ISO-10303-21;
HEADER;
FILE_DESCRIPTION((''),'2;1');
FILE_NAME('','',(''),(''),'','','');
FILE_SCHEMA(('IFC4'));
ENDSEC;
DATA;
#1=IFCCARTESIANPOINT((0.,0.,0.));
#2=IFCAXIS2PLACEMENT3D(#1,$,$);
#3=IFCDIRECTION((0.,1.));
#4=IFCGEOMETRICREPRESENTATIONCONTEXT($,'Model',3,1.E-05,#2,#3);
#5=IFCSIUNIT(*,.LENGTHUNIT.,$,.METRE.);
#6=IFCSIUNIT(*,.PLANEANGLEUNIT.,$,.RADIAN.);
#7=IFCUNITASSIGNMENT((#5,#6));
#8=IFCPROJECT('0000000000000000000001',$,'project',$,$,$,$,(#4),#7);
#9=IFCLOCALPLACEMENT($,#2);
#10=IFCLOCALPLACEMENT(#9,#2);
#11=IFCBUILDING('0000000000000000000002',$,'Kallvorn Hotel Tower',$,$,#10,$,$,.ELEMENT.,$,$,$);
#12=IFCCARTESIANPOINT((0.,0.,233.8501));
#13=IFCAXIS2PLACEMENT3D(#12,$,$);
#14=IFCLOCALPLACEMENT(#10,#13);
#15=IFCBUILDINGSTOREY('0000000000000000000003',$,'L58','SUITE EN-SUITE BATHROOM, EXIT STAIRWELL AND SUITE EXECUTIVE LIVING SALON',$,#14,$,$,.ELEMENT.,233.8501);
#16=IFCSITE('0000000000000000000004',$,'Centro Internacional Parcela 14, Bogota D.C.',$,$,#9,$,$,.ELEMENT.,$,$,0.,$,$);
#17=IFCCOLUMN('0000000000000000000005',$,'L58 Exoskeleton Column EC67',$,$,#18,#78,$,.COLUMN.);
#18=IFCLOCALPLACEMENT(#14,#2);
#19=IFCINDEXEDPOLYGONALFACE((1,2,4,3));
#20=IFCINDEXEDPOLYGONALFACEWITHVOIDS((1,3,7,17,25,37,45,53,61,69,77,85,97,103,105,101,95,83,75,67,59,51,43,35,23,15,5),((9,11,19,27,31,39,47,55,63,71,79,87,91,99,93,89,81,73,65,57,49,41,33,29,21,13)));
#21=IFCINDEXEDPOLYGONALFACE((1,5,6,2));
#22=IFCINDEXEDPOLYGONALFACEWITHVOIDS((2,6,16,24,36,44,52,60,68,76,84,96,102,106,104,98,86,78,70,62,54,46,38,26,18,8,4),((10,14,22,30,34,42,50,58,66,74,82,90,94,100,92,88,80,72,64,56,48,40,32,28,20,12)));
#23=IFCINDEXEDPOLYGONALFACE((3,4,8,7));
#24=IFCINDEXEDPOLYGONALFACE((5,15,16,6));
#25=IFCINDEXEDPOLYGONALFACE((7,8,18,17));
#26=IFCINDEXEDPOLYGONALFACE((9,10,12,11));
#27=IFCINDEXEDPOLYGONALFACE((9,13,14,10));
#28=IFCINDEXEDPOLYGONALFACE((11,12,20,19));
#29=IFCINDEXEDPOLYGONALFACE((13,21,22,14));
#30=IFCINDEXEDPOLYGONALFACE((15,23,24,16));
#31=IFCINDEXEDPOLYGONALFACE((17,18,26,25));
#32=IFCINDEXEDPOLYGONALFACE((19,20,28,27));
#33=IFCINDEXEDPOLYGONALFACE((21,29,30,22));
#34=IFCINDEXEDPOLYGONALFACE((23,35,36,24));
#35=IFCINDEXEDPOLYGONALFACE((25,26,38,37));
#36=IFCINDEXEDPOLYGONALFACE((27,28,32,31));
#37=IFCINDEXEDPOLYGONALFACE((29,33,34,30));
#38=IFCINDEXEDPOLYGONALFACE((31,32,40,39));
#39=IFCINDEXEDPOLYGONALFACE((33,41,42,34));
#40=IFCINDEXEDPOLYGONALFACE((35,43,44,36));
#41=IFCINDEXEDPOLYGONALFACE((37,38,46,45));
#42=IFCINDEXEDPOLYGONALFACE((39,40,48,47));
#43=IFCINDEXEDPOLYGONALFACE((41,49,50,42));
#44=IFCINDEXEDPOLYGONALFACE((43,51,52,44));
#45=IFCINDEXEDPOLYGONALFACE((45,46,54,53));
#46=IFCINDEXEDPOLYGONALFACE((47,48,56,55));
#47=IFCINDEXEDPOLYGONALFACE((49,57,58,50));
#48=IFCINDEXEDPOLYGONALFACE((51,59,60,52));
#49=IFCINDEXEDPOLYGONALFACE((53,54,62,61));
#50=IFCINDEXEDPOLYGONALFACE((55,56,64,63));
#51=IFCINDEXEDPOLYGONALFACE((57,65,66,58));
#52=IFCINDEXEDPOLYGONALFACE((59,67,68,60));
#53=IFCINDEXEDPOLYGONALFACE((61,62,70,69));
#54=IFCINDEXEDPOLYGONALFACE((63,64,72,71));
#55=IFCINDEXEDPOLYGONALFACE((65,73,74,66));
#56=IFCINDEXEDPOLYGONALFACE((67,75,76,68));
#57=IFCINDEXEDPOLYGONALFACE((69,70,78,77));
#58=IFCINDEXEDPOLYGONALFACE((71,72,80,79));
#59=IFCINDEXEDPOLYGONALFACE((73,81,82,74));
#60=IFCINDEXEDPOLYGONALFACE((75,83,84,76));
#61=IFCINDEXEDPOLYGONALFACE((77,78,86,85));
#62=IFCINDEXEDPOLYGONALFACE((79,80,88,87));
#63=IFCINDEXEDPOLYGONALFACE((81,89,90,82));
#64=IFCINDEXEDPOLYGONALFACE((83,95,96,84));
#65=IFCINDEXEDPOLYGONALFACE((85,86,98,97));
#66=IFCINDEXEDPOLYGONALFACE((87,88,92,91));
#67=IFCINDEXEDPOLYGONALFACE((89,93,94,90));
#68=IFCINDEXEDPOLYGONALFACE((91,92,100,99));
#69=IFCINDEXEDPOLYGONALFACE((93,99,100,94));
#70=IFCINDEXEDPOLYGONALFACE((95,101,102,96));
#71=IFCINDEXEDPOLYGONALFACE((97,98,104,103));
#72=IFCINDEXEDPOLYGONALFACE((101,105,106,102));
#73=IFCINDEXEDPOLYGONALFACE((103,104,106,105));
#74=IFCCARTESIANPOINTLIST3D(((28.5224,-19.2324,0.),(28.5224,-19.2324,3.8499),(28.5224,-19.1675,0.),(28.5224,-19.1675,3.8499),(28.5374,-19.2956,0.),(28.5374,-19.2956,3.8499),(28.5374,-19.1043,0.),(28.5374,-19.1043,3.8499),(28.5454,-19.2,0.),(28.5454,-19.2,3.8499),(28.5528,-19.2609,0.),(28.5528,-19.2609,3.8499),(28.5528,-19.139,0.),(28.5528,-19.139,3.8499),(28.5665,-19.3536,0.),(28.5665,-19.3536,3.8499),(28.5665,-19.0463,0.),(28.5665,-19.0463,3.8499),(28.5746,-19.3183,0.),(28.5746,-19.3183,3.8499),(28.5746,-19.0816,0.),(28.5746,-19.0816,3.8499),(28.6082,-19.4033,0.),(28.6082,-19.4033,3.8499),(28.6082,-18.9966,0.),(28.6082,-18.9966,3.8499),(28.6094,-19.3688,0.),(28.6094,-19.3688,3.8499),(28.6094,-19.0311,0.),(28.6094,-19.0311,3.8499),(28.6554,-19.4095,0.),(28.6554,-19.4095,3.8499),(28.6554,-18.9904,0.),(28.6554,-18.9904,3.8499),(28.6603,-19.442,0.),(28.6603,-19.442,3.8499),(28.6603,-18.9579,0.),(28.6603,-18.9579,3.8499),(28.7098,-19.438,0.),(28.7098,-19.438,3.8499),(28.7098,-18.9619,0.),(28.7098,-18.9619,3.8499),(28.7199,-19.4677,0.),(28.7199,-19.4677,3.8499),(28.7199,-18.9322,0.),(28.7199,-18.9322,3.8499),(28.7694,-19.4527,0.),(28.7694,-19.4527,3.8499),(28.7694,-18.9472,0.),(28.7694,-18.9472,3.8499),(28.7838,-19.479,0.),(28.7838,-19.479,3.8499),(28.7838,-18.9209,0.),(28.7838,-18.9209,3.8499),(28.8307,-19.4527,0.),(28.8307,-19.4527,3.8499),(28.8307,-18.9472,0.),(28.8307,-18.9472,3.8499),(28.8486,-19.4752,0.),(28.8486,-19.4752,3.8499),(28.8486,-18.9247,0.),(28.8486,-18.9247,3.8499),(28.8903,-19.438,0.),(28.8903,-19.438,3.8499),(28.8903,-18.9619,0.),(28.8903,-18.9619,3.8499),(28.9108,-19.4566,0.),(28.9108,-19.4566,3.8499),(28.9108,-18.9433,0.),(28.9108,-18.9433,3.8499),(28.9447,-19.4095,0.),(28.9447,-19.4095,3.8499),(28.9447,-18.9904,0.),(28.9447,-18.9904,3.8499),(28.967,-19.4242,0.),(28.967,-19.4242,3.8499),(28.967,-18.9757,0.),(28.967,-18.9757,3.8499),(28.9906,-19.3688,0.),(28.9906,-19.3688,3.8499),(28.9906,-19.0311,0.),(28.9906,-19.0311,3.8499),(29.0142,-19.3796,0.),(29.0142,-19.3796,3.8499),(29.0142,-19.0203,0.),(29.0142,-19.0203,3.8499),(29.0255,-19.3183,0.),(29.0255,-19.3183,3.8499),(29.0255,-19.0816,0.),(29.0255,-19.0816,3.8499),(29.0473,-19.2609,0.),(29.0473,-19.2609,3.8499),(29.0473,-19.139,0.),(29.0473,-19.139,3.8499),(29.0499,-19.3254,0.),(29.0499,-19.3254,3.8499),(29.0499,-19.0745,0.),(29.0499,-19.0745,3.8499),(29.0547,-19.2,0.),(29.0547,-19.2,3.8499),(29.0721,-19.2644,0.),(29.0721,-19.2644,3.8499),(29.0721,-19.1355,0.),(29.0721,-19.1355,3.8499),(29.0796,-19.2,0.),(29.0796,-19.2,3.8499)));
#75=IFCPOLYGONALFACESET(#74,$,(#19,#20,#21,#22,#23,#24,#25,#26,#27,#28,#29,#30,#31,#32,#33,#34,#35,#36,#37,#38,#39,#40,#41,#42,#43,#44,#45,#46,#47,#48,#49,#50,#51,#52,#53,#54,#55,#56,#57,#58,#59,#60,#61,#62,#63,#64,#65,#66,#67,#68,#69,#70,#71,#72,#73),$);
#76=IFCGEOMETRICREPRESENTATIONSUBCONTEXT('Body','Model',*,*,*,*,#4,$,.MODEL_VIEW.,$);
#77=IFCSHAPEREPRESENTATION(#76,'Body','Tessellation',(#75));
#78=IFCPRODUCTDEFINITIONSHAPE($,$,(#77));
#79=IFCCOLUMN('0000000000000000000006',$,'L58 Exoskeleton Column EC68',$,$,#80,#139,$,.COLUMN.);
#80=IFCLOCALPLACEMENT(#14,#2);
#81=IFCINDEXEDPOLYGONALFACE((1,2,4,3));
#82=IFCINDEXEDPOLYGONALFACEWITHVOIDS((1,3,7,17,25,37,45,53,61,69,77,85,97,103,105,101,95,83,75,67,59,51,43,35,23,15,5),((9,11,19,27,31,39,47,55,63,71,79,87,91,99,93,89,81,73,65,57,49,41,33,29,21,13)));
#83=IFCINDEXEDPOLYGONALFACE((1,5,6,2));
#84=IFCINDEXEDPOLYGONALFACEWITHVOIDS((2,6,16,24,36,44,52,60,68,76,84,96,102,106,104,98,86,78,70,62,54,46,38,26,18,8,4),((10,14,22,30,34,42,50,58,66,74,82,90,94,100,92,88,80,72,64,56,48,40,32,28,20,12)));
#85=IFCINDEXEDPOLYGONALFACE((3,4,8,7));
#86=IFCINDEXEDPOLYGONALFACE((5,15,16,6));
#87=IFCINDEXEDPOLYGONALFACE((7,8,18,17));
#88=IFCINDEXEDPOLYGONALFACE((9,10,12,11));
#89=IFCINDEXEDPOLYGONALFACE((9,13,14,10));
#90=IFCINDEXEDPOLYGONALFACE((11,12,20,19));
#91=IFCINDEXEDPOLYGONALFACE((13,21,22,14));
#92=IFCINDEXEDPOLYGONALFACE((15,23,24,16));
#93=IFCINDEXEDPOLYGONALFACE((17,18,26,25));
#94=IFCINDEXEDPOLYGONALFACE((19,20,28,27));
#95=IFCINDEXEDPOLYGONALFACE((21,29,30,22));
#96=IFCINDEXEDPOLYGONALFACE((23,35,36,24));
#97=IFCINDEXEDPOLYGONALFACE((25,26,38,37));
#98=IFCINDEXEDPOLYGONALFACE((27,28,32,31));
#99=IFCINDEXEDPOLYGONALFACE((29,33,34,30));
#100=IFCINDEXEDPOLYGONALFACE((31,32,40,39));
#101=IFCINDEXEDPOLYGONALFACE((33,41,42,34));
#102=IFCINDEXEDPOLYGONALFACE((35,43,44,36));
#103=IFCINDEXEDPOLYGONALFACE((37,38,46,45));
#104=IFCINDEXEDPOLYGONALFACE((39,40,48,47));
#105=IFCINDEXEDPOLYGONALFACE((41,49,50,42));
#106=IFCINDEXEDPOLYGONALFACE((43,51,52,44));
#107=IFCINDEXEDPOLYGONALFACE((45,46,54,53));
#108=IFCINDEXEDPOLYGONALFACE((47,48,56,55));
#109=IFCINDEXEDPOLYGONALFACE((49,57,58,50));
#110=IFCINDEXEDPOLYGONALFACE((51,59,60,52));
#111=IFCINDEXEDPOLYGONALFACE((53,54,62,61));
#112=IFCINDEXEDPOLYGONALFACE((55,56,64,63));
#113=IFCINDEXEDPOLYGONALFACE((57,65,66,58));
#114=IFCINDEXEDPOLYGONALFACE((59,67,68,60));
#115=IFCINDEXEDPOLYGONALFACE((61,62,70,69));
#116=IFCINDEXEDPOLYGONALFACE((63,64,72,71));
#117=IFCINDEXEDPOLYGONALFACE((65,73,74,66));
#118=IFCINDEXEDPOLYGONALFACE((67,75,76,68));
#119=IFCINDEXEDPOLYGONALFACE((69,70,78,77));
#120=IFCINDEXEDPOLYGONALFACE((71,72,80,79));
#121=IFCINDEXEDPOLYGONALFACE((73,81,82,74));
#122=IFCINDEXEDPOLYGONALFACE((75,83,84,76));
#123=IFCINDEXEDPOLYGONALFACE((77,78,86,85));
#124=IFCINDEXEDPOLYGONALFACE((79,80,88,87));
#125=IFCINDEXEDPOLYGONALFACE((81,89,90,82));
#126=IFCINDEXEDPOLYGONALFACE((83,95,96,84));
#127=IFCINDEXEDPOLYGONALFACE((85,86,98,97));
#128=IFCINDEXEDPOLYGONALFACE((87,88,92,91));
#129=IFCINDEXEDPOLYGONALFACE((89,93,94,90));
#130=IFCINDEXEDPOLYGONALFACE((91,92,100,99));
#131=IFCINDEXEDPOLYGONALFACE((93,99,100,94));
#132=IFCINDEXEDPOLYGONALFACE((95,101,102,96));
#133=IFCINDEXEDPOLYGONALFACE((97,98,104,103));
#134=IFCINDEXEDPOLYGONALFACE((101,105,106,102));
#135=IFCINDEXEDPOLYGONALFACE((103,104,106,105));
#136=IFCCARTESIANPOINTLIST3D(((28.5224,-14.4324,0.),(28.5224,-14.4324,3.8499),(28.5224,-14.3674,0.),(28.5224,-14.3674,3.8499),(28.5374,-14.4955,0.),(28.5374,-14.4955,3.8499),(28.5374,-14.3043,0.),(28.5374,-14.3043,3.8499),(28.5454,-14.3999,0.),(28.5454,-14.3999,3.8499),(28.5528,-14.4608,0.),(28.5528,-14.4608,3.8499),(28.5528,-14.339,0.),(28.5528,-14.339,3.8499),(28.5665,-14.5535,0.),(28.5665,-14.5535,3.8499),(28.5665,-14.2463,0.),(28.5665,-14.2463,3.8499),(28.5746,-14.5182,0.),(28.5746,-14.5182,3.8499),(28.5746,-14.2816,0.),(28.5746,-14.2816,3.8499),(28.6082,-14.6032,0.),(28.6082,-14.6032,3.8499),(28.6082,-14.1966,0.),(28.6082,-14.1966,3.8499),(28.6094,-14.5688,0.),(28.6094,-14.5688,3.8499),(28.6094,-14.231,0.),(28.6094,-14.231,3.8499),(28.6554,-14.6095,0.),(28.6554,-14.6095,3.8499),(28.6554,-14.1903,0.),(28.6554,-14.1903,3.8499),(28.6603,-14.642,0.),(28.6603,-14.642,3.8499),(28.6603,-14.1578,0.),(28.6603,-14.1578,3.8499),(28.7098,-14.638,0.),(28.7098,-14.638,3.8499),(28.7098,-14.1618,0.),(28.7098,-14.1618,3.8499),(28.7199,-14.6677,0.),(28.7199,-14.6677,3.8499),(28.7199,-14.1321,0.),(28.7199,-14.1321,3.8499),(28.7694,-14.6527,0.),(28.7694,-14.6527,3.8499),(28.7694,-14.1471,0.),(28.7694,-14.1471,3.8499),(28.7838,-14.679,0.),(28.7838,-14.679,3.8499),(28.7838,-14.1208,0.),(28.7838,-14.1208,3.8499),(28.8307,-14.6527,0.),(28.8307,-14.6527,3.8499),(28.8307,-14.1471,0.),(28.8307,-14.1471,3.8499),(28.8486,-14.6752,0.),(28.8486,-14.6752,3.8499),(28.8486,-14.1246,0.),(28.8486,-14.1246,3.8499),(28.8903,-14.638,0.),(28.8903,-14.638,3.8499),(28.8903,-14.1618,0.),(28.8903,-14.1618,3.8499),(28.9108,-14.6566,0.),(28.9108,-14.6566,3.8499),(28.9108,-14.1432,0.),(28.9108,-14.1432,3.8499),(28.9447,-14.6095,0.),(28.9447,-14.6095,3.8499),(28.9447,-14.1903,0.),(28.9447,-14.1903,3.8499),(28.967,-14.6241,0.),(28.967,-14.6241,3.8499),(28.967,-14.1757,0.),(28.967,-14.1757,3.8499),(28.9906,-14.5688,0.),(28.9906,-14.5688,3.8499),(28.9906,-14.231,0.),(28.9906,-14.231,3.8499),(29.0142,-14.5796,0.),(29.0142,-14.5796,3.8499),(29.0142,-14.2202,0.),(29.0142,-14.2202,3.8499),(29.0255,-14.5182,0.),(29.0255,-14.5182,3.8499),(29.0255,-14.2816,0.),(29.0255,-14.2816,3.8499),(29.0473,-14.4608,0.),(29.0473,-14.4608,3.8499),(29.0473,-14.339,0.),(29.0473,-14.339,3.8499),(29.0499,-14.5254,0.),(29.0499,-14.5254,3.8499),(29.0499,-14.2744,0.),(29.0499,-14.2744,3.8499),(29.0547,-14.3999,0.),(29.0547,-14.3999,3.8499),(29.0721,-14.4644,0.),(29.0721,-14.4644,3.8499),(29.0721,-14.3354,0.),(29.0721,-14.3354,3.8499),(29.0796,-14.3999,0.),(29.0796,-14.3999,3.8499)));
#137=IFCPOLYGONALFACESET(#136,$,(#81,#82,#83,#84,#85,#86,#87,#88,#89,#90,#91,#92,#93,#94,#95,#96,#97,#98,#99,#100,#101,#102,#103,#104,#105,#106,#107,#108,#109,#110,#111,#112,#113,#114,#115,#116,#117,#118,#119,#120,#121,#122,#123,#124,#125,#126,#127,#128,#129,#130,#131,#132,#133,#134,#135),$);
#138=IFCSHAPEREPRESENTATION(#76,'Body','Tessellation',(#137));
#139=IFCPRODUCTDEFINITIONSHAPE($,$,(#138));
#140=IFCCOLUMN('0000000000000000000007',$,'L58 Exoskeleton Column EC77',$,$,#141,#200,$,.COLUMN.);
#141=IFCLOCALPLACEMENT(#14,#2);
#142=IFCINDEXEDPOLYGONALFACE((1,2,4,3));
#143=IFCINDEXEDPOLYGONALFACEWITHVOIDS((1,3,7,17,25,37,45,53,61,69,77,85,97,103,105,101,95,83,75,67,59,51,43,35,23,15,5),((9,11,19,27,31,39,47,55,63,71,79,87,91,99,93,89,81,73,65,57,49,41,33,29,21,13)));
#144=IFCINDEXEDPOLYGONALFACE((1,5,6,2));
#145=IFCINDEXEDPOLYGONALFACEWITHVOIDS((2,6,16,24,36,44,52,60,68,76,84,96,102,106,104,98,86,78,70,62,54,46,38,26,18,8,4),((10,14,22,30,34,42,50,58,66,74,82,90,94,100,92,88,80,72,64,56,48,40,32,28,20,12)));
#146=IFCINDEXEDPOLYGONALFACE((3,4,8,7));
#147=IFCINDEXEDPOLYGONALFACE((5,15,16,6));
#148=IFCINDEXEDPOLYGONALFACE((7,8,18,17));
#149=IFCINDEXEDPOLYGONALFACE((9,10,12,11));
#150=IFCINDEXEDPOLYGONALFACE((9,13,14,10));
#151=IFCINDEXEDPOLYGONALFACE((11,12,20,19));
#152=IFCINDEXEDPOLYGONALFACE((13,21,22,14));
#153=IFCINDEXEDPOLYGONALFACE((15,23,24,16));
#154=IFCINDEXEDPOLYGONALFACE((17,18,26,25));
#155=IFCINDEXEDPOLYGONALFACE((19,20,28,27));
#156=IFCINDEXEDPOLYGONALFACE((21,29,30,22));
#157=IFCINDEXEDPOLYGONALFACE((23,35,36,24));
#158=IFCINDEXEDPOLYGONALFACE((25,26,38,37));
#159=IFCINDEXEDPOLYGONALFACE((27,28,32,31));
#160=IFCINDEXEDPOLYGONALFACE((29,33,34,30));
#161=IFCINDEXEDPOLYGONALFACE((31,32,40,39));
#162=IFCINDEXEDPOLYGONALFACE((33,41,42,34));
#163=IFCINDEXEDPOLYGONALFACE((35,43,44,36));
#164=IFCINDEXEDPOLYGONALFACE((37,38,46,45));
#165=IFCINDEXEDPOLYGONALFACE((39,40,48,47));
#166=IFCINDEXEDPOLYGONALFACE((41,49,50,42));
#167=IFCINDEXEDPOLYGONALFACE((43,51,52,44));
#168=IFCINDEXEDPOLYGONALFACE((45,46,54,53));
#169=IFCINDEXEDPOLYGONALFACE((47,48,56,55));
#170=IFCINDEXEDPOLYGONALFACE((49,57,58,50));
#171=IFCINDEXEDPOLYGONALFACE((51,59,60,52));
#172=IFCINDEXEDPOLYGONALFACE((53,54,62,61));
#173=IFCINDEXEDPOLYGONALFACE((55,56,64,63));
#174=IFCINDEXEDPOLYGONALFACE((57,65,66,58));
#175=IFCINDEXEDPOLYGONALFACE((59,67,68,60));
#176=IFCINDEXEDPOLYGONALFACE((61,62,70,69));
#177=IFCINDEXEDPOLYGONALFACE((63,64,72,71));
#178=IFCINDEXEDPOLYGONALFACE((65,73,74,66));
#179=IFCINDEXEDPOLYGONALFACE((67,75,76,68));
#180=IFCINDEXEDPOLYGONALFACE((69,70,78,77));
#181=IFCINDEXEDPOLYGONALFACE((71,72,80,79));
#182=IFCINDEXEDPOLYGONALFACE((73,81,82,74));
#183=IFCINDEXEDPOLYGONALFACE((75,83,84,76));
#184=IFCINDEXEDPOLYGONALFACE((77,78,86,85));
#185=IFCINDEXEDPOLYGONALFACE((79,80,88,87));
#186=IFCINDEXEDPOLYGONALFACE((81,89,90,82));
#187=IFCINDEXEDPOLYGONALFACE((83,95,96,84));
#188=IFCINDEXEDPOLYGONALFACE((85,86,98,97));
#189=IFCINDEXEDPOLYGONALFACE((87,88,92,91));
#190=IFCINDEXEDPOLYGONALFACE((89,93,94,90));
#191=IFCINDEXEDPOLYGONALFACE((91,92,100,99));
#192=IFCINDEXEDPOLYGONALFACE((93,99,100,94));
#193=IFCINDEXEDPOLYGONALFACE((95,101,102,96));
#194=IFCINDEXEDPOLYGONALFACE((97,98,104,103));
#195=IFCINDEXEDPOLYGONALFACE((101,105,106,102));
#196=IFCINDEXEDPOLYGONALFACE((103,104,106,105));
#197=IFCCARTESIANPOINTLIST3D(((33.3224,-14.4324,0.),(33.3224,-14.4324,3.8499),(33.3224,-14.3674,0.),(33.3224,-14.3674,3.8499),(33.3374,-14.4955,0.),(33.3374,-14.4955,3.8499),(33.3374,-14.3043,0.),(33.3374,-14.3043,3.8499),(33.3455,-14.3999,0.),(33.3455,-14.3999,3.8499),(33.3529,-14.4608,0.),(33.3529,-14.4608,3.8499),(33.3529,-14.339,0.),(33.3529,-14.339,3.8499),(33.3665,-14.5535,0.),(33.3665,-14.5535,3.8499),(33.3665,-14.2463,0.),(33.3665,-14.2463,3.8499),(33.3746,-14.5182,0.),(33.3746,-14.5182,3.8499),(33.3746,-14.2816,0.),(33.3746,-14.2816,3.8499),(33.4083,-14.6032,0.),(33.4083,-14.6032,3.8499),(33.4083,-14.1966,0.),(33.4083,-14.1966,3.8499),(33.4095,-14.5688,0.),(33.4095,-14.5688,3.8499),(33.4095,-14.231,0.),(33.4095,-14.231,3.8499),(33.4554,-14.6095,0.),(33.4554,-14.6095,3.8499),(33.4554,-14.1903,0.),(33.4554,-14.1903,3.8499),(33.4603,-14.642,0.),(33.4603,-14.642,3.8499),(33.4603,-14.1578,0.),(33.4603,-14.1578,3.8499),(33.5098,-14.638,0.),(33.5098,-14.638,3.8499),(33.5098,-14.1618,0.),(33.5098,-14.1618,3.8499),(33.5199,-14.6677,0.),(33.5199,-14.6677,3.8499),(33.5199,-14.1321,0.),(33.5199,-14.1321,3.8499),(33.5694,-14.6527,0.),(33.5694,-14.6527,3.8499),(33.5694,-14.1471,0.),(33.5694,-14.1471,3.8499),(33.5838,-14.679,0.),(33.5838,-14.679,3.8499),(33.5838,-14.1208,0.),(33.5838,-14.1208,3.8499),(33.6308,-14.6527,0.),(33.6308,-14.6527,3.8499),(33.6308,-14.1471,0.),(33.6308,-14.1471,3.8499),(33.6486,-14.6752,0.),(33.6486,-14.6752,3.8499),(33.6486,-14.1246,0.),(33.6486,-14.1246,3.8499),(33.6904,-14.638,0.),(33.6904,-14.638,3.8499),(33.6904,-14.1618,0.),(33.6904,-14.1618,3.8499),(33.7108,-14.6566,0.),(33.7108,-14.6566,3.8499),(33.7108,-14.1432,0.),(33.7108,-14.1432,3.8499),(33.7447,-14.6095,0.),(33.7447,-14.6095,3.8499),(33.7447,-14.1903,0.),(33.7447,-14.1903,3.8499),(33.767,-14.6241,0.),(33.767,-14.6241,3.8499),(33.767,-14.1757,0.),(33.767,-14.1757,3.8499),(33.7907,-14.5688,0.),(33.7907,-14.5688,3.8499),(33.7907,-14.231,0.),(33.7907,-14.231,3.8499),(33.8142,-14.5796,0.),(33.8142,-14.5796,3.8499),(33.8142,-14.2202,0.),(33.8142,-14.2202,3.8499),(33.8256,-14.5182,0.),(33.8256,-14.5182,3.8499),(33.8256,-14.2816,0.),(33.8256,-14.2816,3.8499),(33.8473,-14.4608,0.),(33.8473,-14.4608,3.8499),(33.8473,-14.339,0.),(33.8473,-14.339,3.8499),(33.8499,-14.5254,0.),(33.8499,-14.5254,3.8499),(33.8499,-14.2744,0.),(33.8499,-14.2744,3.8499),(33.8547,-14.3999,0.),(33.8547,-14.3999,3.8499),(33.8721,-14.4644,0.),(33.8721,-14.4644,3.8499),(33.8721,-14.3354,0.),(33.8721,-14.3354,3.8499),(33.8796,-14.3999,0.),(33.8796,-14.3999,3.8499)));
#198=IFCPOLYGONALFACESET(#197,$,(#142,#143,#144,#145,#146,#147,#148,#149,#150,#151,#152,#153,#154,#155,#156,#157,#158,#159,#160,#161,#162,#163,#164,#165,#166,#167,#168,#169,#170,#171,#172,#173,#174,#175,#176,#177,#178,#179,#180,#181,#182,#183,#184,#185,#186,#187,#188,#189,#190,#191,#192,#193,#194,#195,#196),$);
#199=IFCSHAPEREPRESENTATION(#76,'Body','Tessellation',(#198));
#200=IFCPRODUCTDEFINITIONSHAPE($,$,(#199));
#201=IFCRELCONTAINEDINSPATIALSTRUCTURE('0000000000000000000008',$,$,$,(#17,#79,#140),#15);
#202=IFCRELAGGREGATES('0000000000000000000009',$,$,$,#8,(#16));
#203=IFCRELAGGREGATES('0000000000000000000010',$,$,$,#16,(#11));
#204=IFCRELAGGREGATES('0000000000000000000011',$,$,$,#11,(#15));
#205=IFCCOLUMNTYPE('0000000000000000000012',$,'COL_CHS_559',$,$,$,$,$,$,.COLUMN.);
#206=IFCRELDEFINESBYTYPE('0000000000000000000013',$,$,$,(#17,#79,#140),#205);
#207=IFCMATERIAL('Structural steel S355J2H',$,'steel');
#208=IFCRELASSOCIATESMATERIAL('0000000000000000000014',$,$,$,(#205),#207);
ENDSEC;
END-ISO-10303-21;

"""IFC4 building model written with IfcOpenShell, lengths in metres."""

from ifc_helpers import new_model, si_unit, direction, frame, origin, origin_2d, place, context, subcontext, project, spatial, hollow_circle, extrude, material, material_profile, profile_set, type_object, element, save


model = new_model("IFC4")

# Units and contexts
model_context = context("Model", 3, precision=1e-05, world=origin(), true_north=direction((0.0, 1.0)))
body_context = subcontext(model_context, "Body", "Model", "MODEL_VIEW")
ifc_project = project(units=[si_unit("LENGTHUNIT", "METRE"), si_unit("PLANEANGLEUNIT", "RADIAN")], contexts=[model_context])

# Site, building, storey
site_placement = place(None, origin())
site = spatial("IfcSite", under=ifc_project, at=site_placement, Name="Centro Internacional Parcela 14, Bogota D.C.", CompositionType="ELEMENT", RefElevation=0.0)
building_placement = place(site_placement, origin())
building = spatial("IfcBuilding", under=site, at=building_placement, Name="Kallvorn Hotel Tower", CompositionType="ELEMENT")
storey_placement = place(building_placement, frame((0.0, 0.0, 233.8501)))
storey = spatial("IfcBuildingStorey", under=building, at=storey_placement, Name="L58", Description="SUITE EN-SUITE BATHROOM, EXIT STAIRWELL AND SUITE EXECUTIVE LIVING SALON", CompositionType="ELEMENT", Elevation=233.8501)

# Columns
ifc_material_1 = material(Name="Structural steel S355J2H", Category="steel")
ifc_material_profile_1 = material_profile(ifc_material_1, hollow_circle(Radius=0.2795, WallThickness=0.0249, at=origin_2d()), Name="CHS 559x25")
ifc_profile_set_1 = profile_set([ifc_material_profile_1], Name="Structural steel S355J2H")
column_type_1 = type_object("IfcColumnType", Name="COL_CHS_559", PredefinedType="COLUMN", material=ifc_profile_set_1)
for number, where, z_axis, x_axis, name in (
    (1, (28.8, -19.2, 0.0), (0.0, 0.0, 1.0), (1.0, 0.0, 0.0), "L58 Exoskeleton Column EC67"),
    (2, (28.8, -14.3999, 0.0), (0.0, 0.0, 1.0), (1.0, 0.0, 0.0), "L58 Exoskeleton Column EC68"),
    (3, (33.6001, -14.3999, 0.0), (0.0, 0.0, 1.0), (1.0, 0.0, 0.0), "L58 Exoskeleton Column EC77"),
):
    element("IfcColumn", number, at=place(storey_placement, frame(where, z_axis=z_axis, x_axis=x_axis)), inside=storey, type_object=column_type_1, Name=name, PredefinedType="COLUMN", context=body_context, shape_type="SweptSolid", body=[
        extrude(hollow_circle(Radius=0.2795, WallThickness=0.0249, at=origin_2d()), origin(), (0.0, 0.0, 1.0), 3.8499),
    ])

save(model, "model.ifc")
